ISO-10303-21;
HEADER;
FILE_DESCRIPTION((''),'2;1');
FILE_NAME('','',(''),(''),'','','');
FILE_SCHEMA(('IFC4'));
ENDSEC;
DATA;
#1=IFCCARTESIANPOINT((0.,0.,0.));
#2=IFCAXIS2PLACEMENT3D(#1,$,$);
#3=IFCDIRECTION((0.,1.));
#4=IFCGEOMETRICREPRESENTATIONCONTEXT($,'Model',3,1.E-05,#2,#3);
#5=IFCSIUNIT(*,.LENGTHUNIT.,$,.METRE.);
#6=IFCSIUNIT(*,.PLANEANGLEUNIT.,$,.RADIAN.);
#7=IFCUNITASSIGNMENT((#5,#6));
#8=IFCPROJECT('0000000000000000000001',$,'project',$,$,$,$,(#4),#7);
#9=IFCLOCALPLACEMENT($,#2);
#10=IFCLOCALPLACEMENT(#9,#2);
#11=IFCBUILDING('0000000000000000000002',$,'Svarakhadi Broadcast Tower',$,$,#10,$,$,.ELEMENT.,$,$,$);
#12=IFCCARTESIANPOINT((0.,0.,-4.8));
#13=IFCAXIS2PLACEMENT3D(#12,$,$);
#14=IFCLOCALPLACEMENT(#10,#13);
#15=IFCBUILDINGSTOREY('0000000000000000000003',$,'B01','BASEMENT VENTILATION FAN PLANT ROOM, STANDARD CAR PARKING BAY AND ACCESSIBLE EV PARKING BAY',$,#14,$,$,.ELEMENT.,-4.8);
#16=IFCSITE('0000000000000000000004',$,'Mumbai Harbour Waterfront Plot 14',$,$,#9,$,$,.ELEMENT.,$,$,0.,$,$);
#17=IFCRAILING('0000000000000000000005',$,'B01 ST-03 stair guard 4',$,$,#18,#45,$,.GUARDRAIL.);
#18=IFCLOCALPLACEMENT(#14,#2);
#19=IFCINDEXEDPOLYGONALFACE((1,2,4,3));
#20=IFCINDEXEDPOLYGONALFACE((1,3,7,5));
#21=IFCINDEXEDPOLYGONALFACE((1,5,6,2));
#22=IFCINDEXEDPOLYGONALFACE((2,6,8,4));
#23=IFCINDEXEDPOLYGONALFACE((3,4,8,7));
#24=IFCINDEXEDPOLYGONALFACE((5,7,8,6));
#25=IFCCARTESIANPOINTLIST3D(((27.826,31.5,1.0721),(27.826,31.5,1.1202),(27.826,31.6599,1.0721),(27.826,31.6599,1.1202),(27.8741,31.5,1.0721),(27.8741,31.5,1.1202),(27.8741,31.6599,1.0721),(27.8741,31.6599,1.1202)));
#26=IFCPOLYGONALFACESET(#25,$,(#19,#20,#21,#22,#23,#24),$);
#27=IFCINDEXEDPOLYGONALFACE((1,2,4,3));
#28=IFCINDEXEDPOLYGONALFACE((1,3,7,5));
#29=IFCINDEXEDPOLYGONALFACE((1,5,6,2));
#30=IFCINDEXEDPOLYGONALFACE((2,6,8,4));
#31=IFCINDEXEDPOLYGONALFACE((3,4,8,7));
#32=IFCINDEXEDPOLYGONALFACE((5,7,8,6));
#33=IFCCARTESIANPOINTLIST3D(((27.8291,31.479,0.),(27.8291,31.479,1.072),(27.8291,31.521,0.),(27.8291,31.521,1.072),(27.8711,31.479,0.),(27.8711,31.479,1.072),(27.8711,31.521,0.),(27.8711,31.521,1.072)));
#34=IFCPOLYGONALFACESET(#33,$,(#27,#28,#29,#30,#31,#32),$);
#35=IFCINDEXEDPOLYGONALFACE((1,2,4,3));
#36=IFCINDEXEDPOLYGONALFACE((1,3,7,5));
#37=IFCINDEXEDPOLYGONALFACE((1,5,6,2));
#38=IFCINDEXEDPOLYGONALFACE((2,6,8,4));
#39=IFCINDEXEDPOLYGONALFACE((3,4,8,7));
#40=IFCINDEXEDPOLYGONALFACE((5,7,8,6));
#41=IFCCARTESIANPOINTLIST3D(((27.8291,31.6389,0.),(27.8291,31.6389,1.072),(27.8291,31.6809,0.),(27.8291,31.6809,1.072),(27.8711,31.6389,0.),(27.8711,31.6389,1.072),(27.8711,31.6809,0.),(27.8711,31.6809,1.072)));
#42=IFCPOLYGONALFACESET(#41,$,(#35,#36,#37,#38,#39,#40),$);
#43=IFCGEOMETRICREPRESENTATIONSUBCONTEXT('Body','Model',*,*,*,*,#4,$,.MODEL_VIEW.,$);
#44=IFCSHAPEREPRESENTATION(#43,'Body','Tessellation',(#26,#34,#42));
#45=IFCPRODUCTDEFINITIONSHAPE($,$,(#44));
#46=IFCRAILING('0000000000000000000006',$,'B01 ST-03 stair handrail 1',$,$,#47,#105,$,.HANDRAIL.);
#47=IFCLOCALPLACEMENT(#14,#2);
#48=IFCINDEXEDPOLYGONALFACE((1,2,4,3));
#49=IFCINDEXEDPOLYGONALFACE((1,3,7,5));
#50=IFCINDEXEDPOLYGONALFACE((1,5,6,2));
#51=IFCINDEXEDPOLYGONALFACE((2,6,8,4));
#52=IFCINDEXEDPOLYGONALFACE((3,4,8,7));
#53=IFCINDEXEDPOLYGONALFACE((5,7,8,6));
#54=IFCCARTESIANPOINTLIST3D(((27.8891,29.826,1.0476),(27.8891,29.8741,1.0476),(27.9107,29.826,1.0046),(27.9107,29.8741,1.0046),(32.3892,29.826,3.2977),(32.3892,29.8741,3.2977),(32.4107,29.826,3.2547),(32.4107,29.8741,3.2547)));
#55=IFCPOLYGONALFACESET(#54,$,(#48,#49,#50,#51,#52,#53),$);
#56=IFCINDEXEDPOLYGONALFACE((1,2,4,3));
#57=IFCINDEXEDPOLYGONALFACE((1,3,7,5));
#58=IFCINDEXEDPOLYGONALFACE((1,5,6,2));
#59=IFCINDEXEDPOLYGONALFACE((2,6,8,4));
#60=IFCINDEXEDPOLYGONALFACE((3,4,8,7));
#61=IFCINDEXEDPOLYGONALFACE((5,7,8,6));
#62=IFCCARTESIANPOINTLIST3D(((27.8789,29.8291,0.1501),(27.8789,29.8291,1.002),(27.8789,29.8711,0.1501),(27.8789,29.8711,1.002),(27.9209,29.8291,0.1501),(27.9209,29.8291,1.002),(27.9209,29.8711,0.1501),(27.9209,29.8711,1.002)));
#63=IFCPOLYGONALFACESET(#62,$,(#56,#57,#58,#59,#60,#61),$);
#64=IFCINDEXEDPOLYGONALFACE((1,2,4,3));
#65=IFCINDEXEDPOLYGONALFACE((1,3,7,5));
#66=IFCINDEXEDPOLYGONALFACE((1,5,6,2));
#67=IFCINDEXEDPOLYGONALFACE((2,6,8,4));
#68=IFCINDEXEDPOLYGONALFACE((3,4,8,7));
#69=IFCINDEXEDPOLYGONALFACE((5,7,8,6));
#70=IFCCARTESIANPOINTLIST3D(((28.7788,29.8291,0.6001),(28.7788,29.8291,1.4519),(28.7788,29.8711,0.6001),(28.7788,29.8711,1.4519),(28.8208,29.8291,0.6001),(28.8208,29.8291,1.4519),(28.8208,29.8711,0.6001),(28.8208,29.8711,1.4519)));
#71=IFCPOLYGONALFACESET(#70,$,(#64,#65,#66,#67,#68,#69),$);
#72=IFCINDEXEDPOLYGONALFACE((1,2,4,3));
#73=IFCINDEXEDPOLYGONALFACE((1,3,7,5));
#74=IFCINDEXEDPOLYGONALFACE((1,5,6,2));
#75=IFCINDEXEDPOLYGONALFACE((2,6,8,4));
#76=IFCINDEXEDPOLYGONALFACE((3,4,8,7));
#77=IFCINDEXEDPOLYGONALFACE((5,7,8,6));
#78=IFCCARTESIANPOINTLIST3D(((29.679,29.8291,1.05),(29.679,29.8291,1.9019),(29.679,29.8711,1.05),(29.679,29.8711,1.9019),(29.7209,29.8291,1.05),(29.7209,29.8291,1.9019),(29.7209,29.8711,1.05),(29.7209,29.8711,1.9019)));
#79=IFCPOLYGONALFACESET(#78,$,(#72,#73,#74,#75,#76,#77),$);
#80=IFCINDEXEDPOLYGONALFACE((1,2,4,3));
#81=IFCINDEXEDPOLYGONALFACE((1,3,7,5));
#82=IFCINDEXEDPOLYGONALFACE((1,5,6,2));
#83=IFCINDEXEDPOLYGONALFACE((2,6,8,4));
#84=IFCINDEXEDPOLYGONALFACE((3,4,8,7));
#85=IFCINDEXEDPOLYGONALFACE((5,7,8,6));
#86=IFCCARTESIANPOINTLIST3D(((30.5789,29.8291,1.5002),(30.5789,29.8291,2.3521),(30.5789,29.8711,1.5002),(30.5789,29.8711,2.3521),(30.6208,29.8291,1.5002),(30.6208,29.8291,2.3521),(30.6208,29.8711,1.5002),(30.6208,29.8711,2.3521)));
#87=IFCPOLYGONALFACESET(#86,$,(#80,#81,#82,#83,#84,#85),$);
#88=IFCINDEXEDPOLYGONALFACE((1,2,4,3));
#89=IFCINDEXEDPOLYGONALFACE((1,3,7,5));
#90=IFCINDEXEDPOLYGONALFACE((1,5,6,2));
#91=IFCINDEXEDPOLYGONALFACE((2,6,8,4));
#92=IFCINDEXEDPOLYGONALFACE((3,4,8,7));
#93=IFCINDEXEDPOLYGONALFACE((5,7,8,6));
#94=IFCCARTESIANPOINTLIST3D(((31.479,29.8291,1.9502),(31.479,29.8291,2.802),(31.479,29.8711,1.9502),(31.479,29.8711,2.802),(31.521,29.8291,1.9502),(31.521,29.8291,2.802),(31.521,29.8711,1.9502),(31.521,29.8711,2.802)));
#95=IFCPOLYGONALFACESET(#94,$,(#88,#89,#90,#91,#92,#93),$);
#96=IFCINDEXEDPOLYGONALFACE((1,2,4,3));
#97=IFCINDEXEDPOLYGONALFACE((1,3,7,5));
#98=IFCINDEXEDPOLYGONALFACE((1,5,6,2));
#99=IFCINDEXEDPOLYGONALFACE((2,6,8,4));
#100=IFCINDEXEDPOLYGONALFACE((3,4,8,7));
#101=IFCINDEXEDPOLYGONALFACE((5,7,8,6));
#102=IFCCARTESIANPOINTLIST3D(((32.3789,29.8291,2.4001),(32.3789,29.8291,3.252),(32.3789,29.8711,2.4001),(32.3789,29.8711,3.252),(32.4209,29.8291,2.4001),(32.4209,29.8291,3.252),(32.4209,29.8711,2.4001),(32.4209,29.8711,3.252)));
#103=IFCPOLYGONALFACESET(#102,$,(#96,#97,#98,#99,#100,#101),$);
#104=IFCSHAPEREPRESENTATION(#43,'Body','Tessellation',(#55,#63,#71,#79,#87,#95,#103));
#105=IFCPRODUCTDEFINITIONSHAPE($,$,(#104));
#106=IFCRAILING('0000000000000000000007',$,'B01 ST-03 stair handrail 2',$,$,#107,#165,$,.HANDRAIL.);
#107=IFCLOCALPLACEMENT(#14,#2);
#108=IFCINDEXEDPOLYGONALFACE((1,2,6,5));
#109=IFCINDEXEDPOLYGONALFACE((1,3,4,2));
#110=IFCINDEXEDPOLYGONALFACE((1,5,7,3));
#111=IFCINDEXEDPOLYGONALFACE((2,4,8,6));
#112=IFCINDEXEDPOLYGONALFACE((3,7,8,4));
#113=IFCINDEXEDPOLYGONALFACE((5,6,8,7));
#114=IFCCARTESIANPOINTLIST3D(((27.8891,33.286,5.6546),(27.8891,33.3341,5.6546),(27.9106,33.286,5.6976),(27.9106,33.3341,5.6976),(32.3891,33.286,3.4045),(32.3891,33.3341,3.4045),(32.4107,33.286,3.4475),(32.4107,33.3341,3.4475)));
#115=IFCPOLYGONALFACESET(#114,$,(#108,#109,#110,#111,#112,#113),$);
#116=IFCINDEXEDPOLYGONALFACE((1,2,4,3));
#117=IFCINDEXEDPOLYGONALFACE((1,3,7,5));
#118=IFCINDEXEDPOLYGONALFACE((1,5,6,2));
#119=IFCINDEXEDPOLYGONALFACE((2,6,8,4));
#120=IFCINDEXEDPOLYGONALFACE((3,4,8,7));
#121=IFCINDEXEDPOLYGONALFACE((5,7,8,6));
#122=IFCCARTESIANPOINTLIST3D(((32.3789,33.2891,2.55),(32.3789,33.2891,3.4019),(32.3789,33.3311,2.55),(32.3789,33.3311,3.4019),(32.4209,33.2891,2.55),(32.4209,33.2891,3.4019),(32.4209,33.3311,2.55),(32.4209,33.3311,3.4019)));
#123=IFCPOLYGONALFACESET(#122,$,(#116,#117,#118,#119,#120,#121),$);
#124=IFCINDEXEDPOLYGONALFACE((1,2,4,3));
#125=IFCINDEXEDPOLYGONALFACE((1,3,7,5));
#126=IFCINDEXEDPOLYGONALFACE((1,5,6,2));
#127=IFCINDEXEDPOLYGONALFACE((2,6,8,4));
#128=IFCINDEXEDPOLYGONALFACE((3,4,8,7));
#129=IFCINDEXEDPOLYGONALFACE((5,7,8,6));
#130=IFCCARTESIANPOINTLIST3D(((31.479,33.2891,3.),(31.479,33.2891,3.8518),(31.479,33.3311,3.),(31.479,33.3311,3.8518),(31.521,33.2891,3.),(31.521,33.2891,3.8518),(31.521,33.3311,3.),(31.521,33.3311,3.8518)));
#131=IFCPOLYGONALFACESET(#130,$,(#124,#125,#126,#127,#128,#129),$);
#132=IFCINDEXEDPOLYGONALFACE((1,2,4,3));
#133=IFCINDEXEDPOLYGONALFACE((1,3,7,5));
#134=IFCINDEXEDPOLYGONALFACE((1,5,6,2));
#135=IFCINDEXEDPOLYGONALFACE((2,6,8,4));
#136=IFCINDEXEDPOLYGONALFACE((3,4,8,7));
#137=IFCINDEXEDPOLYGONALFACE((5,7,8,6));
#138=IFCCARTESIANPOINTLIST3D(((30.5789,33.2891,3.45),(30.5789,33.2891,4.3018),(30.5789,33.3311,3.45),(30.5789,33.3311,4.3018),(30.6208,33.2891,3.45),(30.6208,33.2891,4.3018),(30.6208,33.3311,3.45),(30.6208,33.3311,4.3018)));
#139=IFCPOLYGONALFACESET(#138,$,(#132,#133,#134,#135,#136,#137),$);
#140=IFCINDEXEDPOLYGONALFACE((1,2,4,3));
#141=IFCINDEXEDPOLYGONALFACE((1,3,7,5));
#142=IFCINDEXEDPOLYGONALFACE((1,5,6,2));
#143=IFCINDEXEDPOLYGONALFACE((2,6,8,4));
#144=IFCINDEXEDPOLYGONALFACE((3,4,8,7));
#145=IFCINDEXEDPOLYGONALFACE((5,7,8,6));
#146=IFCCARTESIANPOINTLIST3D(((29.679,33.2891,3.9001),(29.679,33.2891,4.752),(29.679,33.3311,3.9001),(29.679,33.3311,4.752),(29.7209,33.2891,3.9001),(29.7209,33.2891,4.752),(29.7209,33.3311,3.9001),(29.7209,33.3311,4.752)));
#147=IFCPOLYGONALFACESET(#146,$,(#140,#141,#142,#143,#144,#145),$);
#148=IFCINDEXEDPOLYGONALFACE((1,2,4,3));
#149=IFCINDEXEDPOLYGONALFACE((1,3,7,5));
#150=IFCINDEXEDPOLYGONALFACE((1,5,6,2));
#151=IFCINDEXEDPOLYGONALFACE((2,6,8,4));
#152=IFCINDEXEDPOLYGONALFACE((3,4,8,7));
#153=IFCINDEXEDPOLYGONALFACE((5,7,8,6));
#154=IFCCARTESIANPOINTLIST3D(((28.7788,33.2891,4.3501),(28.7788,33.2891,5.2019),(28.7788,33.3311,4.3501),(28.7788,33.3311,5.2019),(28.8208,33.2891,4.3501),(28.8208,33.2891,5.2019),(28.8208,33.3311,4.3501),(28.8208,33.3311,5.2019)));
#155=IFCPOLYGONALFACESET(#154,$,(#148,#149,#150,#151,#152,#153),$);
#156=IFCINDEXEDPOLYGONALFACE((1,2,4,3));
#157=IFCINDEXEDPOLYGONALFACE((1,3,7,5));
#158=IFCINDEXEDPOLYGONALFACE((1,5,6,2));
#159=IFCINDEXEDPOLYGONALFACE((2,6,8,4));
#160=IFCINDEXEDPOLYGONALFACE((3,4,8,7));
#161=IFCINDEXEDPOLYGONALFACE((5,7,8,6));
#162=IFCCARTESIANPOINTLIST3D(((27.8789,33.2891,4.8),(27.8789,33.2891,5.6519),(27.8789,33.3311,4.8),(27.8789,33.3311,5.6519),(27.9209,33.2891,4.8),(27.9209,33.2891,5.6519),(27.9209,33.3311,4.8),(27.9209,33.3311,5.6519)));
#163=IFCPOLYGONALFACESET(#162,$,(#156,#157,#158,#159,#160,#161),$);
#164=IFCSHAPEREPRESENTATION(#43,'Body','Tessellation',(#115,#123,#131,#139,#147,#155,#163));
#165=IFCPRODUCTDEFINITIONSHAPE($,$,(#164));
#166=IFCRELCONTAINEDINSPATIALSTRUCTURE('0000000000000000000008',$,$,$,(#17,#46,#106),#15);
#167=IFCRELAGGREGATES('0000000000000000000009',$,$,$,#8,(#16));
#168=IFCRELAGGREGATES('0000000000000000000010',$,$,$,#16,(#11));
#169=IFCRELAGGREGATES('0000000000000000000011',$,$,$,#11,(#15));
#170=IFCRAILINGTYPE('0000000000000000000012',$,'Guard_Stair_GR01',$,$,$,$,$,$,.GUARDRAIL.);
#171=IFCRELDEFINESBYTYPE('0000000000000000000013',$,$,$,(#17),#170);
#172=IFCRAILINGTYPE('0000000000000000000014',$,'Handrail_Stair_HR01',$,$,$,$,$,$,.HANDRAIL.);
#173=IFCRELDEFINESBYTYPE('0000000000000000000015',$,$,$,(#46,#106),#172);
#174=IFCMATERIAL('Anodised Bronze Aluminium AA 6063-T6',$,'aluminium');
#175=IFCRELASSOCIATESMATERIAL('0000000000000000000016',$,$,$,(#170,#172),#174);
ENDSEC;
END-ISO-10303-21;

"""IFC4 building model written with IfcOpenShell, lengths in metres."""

from ifc_helpers import new_model, si_unit, direction, frame, origin, origin_2d, place, context, subcontext, project, spatial, rectangle, extrude, material, type_object, element, save


model = new_model("IFC4")

# Units and contexts
model_context = context("Model", 3, precision=1e-05, world=origin(), true_north=direction((0.0, 1.0)))
body_context = subcontext(model_context, "Body", "Model", "MODEL_VIEW")
ifc_project = project(units=[si_unit("LENGTHUNIT", "METRE"), si_unit("PLANEANGLEUNIT", "RADIAN")], contexts=[model_context])

# Site, building, storey
site_placement = place(None, origin())
site = spatial("IfcSite", under=ifc_project, at=site_placement, Name="Mumbai Harbour Waterfront Plot 14", CompositionType="ELEMENT", RefElevation=0.0)
building_placement = place(site_placement, origin())
building = spatial("IfcBuilding", under=site, at=building_placement, Name="Svarakhadi Broadcast Tower", CompositionType="ELEMENT")
storey_placement = place(building_placement, frame((0.0, 0.0, -4.8)))
storey = spatial("IfcBuildingStorey", under=building, at=storey_placement, Name="B01", Description="BASEMENT VENTILATION FAN PLANT ROOM, STANDARD CAR PARKING BAY AND ACCESSIBLE EV PARKING BAY", CompositionType="ELEMENT", Elevation=-4.8)

# Railings
ifc_material_1 = material(Name="Anodised Bronze Aluminium AA 6063-T6", Category="aluminium")
railing_type_1 = type_object("IfcRailingType", Name="Guard_Stair_GR01", PredefinedType="GUARDRAIL", material=ifc_material_1)
railing_1_placement = place(storey_placement, frame((27.8501, 31.5, 0.0)))
element("IfcRailing", 1, at=railing_1_placement, inside=storey, type_object=railing_type_1, Name="B01 ST-03 stair guard 4", PredefinedType="GUARDRAIL", context=body_context, shape_type="SweptSolid", body=[
    extrude(rectangle(XDim=0.0481, YDim=0.0481, at=origin_2d()), frame((0.0, 0.0, 1.0962), z_axis=(0.0, 1.0, 0.0), x_axis=(-1.0, 0.0, 0.0)), (0.0, 0.0, 1.0), 0.1599),
    extrude(rectangle(XDim=0.042, YDim=0.042, at=origin_2d()), origin(), (0.0, 0.0, 1.0), 1.072),
    extrude(rectangle(XDim=0.042, YDim=0.042, at=origin_2d()), frame((0.0, 0.1599, 0.0)), (0.0, 0.0, 1.0), 1.072),
])
railing_type_2 = type_object("IfcRailingType", Name="Handrail_Stair_HR01", PredefinedType="HANDRAIL", material=ifc_material_1)
railing_2_placement = place(storey_placement, frame((27.8999, 29.8501, 0.1501)))
element("IfcRailing", 2, at=railing_2_placement, inside=storey, type_object=railing_type_2, Name="B01 ST-03 stair handrail 1", PredefinedType="HANDRAIL", context=body_context, shape_type="SweptSolid", body=[
    extrude(rectangle(XDim=0.0481, YDim=0.0481, at=origin_2d()), frame((0.0, 0.0, 0.876), z_axis=(0.894427, 0.0, 0.447214), x_axis=(0.0, 1.0, 0.0)), (0.0, 0.0, 1.0), 5.0312),
    extrude(rectangle(XDim=0.042, YDim=0.042, at=origin_2d()), origin(), (0.0, 0.0, 1.0), 0.8518),
    extrude(rectangle(XDim=0.042, YDim=0.042, at=origin_2d()), frame((0.8999, 0.0, 0.45)), (0.0, 0.0, 1.0), 0.8518),
    extrude(rectangle(XDim=0.042, YDim=0.042, at=origin_2d()), frame((1.8, 0.0, 0.8999)), (0.0, 0.0, 1.0), 0.8518),
    extrude(rectangle(XDim=0.042, YDim=0.042, at=origin_2d()), frame((2.7, 0.0, 1.3501)), (0.0, 0.0, 1.0), 0.8518),
    extrude(rectangle(XDim=0.042, YDim=0.042, at=origin_2d()), frame((3.6001, 0.0, 1.8)), (0.0, 0.0, 1.0), 0.8518),
    extrude(rectangle(XDim=0.042, YDim=0.042, at=origin_2d()), frame((4.5, 0.0, 2.25)), (0.0, 0.0, 1.0), 0.8518),
])
railing_3_placement = place(storey_placement, frame((32.3999, 33.3101, 2.55)))
element("IfcRailing", 3, at=railing_3_placement, inside=storey, type_object=railing_type_2, Name="B01 ST-03 stair handrail 2", PredefinedType="HANDRAIL", context=body_context, shape_type="SweptSolid", body=[
    extrude(rectangle(XDim=0.0481, YDim=0.0481, at=origin_2d()), frame((0.0, 0.0, 0.876), z_axis=(-0.894427, 0.0, 0.447214), x_axis=(0.0, -1.0, 0.0)), (0.0, 0.0, 1.0), 5.0312),
    extrude(rectangle(XDim=0.042, YDim=0.042, at=origin_2d()), origin(), (0.0, 0.0, 1.0), 0.8518),
    extrude(rectangle(XDim=0.042, YDim=0.042, at=origin_2d()), frame((-0.8999, 0.0, 0.45)), (0.0, 0.0, 1.0), 0.8518),
    extrude(rectangle(XDim=0.042, YDim=0.042, at=origin_2d()), frame((-1.8, 0.0, 0.8999)), (0.0, 0.0, 1.0), 0.8518),
    extrude(rectangle(XDim=0.042, YDim=0.042, at=origin_2d()), frame((-2.7, 0.0, 1.3501)), (0.0, 0.0, 1.0), 0.8518),
    extrude(rectangle(XDim=0.042, YDim=0.042, at=origin_2d()), frame((-3.6001, 0.0, 1.8)), (0.0, 0.0, 1.0), 0.8518),
    extrude(rectangle(XDim=0.042, YDim=0.042, at=origin_2d()), frame((-4.5, 0.0, 2.25)), (0.0, 0.0, 1.0), 0.8518),
])

save(model, "model.ifc")
